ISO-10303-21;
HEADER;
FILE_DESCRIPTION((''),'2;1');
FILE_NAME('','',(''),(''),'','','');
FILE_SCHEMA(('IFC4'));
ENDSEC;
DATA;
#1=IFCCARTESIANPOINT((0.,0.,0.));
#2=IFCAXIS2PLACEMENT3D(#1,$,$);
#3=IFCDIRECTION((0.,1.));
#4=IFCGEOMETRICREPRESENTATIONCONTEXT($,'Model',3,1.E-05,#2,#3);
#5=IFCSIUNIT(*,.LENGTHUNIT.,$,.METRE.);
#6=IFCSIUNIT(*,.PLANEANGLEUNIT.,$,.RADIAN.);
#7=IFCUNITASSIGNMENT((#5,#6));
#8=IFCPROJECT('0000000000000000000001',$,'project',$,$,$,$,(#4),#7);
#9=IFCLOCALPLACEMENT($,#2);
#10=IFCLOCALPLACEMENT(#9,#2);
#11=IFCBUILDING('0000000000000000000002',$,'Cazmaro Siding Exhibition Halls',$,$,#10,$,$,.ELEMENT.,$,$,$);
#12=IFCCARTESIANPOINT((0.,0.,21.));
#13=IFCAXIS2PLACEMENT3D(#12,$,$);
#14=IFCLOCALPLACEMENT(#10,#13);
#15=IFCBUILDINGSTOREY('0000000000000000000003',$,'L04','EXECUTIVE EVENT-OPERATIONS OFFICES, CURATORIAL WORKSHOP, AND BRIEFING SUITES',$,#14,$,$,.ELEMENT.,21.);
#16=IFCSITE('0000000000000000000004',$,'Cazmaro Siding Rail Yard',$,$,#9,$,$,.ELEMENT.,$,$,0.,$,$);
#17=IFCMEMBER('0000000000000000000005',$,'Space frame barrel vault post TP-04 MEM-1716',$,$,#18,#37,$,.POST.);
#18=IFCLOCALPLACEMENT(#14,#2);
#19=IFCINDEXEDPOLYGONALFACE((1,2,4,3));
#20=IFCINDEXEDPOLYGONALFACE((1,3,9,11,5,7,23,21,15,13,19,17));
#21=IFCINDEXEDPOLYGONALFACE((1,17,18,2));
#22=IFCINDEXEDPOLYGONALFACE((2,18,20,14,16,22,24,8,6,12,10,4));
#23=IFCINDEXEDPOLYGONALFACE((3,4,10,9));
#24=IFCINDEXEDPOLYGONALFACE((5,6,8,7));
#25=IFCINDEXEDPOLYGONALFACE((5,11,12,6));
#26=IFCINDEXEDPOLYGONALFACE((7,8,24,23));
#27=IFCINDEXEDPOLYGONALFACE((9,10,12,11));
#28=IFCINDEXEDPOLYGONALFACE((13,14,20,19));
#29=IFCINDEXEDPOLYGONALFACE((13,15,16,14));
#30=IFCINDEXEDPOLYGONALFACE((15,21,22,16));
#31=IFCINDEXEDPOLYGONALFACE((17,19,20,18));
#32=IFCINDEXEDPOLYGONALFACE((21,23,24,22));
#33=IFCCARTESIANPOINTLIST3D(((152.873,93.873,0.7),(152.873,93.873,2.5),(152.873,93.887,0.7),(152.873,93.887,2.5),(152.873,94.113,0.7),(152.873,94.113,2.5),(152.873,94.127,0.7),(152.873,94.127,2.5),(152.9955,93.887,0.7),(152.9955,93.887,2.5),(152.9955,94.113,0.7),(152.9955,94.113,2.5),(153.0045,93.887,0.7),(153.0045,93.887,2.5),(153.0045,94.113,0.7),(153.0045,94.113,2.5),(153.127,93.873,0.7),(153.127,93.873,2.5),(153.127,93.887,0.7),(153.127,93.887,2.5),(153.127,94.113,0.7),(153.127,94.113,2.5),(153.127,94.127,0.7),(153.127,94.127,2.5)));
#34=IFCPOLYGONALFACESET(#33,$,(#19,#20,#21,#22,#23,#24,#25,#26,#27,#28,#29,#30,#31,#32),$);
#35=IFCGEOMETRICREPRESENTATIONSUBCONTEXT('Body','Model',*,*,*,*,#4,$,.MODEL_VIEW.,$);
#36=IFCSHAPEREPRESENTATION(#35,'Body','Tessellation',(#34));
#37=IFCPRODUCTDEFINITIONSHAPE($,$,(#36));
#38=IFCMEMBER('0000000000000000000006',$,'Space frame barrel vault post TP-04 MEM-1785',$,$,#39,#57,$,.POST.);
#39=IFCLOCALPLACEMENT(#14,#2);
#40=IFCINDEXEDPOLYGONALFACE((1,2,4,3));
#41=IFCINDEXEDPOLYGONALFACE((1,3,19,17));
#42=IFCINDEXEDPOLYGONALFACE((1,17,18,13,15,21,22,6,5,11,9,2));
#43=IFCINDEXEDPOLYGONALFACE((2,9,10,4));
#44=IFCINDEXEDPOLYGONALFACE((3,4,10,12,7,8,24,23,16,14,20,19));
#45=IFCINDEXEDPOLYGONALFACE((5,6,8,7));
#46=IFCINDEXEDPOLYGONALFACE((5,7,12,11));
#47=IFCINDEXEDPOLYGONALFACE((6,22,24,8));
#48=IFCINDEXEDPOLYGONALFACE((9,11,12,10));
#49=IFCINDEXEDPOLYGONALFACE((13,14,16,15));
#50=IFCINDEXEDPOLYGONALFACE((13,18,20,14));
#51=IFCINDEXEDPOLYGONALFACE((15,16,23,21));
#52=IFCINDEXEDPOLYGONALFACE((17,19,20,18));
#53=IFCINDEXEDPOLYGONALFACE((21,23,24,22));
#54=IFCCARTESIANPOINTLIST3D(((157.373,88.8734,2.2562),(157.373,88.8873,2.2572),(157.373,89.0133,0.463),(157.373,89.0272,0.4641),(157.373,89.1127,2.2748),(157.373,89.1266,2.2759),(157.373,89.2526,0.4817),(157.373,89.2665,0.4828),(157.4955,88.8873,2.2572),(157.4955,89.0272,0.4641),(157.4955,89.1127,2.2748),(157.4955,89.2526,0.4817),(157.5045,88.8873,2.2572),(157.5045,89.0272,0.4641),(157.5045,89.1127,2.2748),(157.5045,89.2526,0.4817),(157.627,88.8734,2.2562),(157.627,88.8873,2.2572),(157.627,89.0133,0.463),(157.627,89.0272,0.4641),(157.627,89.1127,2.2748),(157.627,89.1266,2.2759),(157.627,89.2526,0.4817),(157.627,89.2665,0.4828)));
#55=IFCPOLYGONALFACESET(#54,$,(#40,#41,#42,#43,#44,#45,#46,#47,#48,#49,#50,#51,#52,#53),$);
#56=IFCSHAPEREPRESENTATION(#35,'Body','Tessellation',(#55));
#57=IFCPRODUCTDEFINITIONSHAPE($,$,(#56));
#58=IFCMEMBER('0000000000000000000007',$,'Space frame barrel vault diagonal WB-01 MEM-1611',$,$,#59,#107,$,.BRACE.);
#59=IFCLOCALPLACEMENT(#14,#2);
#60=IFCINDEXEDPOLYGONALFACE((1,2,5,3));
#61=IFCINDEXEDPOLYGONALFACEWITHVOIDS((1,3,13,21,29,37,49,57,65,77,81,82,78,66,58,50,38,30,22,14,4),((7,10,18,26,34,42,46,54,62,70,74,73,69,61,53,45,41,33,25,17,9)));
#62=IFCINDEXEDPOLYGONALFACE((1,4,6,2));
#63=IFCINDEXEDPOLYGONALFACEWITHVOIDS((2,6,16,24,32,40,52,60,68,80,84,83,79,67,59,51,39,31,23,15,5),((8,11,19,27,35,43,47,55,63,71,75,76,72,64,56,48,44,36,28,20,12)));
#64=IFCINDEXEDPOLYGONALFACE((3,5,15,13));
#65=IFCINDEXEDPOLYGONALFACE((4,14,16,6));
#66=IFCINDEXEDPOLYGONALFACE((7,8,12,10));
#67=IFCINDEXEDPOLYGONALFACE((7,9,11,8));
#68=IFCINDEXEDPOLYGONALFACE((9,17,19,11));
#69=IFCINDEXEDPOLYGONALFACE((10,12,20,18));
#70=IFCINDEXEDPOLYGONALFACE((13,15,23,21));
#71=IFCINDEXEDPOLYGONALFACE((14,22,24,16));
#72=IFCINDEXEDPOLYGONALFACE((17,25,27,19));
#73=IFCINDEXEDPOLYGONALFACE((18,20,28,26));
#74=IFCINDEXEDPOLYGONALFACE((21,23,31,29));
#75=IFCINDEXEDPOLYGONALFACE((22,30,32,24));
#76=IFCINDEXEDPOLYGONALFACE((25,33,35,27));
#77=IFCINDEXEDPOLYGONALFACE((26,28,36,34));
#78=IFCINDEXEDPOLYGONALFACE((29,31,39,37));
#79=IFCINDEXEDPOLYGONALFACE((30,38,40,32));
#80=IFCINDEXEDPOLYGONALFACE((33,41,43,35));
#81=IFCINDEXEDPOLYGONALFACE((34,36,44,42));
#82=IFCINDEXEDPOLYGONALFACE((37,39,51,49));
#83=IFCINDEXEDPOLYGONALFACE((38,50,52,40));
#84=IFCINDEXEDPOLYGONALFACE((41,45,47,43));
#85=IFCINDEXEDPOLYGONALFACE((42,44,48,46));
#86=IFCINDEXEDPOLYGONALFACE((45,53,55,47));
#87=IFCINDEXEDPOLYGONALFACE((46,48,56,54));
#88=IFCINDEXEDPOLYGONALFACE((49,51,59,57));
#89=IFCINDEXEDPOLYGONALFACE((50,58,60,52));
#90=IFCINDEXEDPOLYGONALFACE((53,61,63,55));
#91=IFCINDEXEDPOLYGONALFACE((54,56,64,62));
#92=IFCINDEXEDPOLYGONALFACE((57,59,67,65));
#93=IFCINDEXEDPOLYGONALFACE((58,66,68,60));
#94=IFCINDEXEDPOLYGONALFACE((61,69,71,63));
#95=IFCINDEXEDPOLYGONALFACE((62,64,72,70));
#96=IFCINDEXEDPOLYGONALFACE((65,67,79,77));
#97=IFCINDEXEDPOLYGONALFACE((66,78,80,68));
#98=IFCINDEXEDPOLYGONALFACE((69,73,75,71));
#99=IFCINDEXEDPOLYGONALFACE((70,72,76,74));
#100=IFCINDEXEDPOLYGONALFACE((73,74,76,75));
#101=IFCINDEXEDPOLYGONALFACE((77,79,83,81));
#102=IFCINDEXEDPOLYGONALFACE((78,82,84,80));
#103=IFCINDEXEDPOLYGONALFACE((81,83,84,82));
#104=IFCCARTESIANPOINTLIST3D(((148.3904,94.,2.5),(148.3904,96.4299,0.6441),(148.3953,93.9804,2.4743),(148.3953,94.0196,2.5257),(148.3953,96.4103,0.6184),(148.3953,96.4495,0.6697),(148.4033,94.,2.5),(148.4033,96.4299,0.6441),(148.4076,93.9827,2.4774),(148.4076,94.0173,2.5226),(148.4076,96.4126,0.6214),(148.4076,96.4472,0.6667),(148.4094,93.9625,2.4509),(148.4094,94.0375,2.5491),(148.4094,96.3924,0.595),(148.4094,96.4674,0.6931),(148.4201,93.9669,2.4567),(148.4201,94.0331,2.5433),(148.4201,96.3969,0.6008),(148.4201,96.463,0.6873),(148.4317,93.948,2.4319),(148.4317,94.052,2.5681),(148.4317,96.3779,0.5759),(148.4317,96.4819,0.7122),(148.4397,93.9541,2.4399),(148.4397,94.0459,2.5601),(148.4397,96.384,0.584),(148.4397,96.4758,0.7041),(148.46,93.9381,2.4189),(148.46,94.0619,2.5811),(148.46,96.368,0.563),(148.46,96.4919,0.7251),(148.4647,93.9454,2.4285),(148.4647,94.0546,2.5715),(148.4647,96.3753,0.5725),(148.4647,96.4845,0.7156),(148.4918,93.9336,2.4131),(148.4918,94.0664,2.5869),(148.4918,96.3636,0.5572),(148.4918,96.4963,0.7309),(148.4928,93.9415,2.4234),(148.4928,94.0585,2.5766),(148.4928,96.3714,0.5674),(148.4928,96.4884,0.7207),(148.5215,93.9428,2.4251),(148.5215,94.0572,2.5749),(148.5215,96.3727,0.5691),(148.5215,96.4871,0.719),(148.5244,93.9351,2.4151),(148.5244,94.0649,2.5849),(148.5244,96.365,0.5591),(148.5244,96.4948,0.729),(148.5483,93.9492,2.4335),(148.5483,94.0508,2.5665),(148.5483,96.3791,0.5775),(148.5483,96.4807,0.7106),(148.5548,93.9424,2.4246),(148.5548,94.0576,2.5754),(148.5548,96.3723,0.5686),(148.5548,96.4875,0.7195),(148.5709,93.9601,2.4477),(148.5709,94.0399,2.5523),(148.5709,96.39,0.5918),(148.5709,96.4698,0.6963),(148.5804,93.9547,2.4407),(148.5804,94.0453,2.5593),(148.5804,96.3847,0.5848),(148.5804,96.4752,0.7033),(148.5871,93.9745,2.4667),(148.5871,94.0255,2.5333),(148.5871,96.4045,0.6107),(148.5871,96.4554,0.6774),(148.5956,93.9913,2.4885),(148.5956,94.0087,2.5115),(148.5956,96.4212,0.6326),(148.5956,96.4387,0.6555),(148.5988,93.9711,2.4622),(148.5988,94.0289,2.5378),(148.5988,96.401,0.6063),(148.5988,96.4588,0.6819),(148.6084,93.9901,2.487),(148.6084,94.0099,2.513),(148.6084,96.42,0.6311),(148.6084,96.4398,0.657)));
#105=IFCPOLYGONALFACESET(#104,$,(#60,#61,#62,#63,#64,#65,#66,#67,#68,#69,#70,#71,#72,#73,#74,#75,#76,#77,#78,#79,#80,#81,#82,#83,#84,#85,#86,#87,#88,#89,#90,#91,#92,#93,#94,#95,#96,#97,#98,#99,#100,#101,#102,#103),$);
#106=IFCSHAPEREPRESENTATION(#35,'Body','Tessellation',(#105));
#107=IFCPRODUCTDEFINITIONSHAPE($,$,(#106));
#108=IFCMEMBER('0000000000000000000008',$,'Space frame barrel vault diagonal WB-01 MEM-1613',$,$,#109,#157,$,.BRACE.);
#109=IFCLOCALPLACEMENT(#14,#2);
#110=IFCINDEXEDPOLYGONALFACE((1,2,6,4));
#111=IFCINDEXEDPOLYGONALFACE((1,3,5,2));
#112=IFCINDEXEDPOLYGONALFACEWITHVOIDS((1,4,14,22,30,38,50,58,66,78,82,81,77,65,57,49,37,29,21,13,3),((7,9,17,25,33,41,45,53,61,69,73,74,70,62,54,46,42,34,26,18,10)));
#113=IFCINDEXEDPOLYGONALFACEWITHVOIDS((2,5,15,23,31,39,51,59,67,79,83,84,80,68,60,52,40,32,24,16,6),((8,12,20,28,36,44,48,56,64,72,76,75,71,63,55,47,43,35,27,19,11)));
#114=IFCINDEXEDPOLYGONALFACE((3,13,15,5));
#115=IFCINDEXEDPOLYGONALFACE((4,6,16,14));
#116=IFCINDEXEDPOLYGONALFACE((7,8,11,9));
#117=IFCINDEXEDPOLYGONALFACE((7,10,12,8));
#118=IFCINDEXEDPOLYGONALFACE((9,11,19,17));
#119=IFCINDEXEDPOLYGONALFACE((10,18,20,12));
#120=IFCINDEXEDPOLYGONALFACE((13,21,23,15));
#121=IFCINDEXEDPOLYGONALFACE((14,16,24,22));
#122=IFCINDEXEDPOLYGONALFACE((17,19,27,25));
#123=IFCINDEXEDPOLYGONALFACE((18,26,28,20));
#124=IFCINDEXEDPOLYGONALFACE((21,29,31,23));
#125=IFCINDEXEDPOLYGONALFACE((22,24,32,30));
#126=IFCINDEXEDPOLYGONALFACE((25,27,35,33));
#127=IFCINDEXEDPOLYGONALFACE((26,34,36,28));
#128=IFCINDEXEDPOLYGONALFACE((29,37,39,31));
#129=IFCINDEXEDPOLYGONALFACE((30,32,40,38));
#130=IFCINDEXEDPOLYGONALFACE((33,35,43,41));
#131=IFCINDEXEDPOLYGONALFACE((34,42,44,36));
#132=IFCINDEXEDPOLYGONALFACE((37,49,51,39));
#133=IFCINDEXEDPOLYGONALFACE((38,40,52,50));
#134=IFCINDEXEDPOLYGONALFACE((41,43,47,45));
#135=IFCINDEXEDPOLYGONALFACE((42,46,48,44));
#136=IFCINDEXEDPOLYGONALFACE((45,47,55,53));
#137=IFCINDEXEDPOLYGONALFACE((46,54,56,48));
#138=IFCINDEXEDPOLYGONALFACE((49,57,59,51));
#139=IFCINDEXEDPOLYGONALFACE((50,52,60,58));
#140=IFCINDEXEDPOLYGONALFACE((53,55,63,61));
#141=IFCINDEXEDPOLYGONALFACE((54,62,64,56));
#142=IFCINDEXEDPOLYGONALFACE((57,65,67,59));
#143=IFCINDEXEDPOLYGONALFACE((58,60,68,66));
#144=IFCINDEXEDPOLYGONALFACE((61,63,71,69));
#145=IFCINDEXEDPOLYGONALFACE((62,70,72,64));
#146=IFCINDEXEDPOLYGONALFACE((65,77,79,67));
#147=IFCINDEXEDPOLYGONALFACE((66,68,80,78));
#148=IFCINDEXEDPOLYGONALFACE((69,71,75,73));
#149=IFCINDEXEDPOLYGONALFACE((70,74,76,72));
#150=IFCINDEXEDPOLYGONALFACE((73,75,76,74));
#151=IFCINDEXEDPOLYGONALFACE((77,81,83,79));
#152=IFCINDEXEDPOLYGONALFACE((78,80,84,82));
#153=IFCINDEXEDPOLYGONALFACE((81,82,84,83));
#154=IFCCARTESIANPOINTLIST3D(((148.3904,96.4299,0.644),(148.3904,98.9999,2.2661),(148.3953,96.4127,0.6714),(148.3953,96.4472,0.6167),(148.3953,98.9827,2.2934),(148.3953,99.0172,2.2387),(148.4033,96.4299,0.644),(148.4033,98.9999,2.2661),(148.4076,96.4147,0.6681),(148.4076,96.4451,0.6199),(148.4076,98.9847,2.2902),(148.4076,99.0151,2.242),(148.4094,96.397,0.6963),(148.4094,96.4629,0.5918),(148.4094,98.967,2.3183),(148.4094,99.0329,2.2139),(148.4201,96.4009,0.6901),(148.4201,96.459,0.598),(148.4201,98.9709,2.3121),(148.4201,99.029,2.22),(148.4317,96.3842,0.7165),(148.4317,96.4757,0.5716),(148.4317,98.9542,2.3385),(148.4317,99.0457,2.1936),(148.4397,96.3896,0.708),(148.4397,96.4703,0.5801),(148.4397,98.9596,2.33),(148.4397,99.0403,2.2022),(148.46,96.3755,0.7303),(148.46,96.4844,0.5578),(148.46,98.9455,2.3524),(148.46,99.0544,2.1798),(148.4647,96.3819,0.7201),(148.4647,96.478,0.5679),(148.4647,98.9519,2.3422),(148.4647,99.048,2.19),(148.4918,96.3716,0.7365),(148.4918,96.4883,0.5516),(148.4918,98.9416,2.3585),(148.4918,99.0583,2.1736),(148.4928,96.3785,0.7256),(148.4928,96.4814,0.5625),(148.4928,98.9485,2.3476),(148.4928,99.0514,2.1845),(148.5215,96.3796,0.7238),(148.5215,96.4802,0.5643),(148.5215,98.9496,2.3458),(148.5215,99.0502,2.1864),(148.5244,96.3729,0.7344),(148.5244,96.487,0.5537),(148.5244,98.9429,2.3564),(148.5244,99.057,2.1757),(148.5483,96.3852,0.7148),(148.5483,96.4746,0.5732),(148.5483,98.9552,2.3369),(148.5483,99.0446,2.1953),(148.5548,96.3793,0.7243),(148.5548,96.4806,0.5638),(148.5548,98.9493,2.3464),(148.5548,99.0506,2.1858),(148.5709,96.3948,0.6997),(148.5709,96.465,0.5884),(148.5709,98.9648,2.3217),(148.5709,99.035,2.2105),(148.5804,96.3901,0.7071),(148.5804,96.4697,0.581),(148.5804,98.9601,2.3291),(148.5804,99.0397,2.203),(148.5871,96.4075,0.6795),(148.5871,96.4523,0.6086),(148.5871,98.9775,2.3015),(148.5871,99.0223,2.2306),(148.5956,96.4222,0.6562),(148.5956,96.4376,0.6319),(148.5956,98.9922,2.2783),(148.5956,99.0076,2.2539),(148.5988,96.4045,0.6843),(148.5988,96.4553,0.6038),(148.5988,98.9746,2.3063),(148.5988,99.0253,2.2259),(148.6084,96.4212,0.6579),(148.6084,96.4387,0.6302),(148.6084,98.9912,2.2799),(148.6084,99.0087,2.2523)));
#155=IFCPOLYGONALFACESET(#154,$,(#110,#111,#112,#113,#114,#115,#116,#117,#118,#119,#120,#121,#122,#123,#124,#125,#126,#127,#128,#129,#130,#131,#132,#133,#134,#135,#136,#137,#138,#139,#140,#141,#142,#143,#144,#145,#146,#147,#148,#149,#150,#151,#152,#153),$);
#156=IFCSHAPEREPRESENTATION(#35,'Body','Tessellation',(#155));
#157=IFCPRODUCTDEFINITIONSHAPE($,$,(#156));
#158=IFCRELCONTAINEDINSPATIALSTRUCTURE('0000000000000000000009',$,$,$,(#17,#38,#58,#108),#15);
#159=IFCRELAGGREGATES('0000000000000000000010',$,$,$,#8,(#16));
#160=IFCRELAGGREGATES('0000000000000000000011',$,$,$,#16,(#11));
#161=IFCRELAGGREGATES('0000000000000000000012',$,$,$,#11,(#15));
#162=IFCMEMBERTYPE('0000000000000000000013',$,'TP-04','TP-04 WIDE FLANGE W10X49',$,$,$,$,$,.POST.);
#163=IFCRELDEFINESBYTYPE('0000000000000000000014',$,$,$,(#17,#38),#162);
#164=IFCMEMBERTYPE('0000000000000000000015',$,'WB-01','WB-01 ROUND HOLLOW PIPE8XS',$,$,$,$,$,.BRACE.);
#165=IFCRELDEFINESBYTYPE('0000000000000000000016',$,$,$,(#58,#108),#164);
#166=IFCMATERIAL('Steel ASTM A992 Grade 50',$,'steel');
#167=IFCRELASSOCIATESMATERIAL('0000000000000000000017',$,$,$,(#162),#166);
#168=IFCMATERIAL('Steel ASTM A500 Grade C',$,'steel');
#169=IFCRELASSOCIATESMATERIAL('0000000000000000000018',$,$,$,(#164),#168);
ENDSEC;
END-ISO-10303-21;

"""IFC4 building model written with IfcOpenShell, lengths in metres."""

from ifc_helpers import new_model, si_unit, direction, frame, origin, origin_2d, place, context, subcontext, project, spatial, hollow_circle, i_section, extrude, material, material_profile, profile_set, type_object, element, save


model = new_model("IFC4")

# Units and contexts
model_context = context("Model", 3, precision=1e-05, world=origin(), true_north=direction((0.0, 1.0)))
body_context = subcontext(model_context, "Body", "Model", "MODEL_VIEW")
ifc_project = project(units=[si_unit("LENGTHUNIT", "METRE"), si_unit("PLANEANGLEUNIT", "RADIAN")], contexts=[model_context])

# Site, building, storey
site_placement = place(None, origin())
site = spatial("IfcSite", under=ifc_project, at=site_placement, Name="Cazmaro Siding Rail Yard", CompositionType="ELEMENT", RefElevation=0.0)
building_placement = place(site_placement, origin())
building = spatial("IfcBuilding", under=site, at=building_placement, Name="Cazmaro Siding Exhibition Halls", CompositionType="ELEMENT")
storey_placement = place(building_placement, frame((0.0, 0.0, 21.0)))
storey = spatial("IfcBuildingStorey", under=building, at=storey_placement, Name="L04", Description="EXECUTIVE EVENT-OPERATIONS OFFICES, CURATORIAL WORKSHOP, AND BRIEFING SUITES", CompositionType="ELEMENT", Elevation=21.0)

# Members
ifc_material_1 = material(Name="Steel ASTM A992 Grade 50", Category="steel")
ifc_material_profile_1 = material_profile(ifc_material_1, i_section(OverallWidth=0.2539, OverallDepth=0.2539, WebThickness=0.009, FlangeThickness=0.0139, at=origin_2d()), Name="W10X49")
ifc_profile_set_1 = profile_set([ifc_material_profile_1], Name="Steel ASTM A992 Grade 50")
member_type_1 = type_object("IfcMemberType", Name="TP-04", Description="TP-04 WIDE FLANGE W10X49", PredefinedType="POST", material=ifc_profile_set_1)
member_1_placement = place(storey_placement, frame((153.0, 94.0, 0.7), z_axis=(0.0, 0.0, 1.0), x_axis=(1.0, 0.0, 0.0)))
element("IfcMember", 1, at=member_1_placement, inside=storey, type_object=member_type_1, Name="Space frame barrel vault post TP-04 MEM-1716", PredefinedType="POST", context=body_context, shape_type="SweptSolid", body=[
    extrude(i_section(OverallWidth=0.2539, OverallDepth=0.2539, WebThickness=0.009, FlangeThickness=0.0139, at=origin_2d()), origin(), (0.0, 0.0, 1.0), 1.8),
])
member_2_placement = place(storey_placement, frame((157.5, 89.1399, 0.4729), z_axis=(0.0, -0.077776, 0.996971), x_axis=(1.0, 0.0, 0.0)))
element("IfcMember", 2, at=member_2_placement, inside=storey, type_object=member_type_1, Name="Space frame barrel vault post TP-04 MEM-1785", PredefinedType="POST", context=body_context, shape_type="SweptSolid", body=[
    extrude(i_section(OverallWidth=0.2539, OverallDepth=0.2539, WebThickness=0.009, FlangeThickness=0.0139, at=origin_2d()), origin(), (0.0, 0.0, 1.0), 1.7986),
])
ifc_material_2 = material(Name="Steel ASTM A500 Grade C", Category="steel")
ifc_material_profile_2 = material_profile(ifc_material_2, hollow_circle(Radius=0.1096, WallThickness=0.0129, at=origin_2d()), Name="PIPE8XS")
ifc_profile_set_2 = profile_set([ifc_material_profile_2], Name="Steel ASTM A500 Grade C")
member_type_2 = type_object("IfcMemberType", Name="WB-01", Description="WB-01 ROUND HOLLOW PIPE8XS", PredefinedType="BRACE", material=ifc_profile_set_2)
member_3_placement = place(storey_placement, frame((148.5, 94.0, 2.5), z_axis=(0.0, 0.794709, -0.606991), x_axis=(-1.0, 0.0, 0.0)))
element("IfcMember", 3, at=member_3_placement, inside=storey, type_object=member_type_2, Name="Space frame barrel vault diagonal WB-01 MEM-1611", PredefinedType="BRACE", context=body_context, shape_type="SweptSolid", body=[
    extrude(hollow_circle(Radius=0.1096, WallThickness=0.0129, at=origin_2d()), origin(), (0.0, 0.0, 1.0), 3.0576),
])
member_4_placement = place(storey_placement, frame((148.5, 96.4299, 0.644), z_axis=(0.0, 0.845657, 0.533727), x_axis=(-1.0, 0.0, 0.0)))
element("IfcMember", 4, at=member_4_placement, inside=storey, type_object=member_type_2, Name="Space frame barrel vault diagonal WB-01 MEM-1613", PredefinedType="BRACE", context=body_context, shape_type="SweptSolid", body=[
    extrude(hollow_circle(Radius=0.1096, WallThickness=0.0129, at=origin_2d()), origin(), (0.0, 0.0, 1.0), 3.0391),
])

save(model, "model.ifc")
